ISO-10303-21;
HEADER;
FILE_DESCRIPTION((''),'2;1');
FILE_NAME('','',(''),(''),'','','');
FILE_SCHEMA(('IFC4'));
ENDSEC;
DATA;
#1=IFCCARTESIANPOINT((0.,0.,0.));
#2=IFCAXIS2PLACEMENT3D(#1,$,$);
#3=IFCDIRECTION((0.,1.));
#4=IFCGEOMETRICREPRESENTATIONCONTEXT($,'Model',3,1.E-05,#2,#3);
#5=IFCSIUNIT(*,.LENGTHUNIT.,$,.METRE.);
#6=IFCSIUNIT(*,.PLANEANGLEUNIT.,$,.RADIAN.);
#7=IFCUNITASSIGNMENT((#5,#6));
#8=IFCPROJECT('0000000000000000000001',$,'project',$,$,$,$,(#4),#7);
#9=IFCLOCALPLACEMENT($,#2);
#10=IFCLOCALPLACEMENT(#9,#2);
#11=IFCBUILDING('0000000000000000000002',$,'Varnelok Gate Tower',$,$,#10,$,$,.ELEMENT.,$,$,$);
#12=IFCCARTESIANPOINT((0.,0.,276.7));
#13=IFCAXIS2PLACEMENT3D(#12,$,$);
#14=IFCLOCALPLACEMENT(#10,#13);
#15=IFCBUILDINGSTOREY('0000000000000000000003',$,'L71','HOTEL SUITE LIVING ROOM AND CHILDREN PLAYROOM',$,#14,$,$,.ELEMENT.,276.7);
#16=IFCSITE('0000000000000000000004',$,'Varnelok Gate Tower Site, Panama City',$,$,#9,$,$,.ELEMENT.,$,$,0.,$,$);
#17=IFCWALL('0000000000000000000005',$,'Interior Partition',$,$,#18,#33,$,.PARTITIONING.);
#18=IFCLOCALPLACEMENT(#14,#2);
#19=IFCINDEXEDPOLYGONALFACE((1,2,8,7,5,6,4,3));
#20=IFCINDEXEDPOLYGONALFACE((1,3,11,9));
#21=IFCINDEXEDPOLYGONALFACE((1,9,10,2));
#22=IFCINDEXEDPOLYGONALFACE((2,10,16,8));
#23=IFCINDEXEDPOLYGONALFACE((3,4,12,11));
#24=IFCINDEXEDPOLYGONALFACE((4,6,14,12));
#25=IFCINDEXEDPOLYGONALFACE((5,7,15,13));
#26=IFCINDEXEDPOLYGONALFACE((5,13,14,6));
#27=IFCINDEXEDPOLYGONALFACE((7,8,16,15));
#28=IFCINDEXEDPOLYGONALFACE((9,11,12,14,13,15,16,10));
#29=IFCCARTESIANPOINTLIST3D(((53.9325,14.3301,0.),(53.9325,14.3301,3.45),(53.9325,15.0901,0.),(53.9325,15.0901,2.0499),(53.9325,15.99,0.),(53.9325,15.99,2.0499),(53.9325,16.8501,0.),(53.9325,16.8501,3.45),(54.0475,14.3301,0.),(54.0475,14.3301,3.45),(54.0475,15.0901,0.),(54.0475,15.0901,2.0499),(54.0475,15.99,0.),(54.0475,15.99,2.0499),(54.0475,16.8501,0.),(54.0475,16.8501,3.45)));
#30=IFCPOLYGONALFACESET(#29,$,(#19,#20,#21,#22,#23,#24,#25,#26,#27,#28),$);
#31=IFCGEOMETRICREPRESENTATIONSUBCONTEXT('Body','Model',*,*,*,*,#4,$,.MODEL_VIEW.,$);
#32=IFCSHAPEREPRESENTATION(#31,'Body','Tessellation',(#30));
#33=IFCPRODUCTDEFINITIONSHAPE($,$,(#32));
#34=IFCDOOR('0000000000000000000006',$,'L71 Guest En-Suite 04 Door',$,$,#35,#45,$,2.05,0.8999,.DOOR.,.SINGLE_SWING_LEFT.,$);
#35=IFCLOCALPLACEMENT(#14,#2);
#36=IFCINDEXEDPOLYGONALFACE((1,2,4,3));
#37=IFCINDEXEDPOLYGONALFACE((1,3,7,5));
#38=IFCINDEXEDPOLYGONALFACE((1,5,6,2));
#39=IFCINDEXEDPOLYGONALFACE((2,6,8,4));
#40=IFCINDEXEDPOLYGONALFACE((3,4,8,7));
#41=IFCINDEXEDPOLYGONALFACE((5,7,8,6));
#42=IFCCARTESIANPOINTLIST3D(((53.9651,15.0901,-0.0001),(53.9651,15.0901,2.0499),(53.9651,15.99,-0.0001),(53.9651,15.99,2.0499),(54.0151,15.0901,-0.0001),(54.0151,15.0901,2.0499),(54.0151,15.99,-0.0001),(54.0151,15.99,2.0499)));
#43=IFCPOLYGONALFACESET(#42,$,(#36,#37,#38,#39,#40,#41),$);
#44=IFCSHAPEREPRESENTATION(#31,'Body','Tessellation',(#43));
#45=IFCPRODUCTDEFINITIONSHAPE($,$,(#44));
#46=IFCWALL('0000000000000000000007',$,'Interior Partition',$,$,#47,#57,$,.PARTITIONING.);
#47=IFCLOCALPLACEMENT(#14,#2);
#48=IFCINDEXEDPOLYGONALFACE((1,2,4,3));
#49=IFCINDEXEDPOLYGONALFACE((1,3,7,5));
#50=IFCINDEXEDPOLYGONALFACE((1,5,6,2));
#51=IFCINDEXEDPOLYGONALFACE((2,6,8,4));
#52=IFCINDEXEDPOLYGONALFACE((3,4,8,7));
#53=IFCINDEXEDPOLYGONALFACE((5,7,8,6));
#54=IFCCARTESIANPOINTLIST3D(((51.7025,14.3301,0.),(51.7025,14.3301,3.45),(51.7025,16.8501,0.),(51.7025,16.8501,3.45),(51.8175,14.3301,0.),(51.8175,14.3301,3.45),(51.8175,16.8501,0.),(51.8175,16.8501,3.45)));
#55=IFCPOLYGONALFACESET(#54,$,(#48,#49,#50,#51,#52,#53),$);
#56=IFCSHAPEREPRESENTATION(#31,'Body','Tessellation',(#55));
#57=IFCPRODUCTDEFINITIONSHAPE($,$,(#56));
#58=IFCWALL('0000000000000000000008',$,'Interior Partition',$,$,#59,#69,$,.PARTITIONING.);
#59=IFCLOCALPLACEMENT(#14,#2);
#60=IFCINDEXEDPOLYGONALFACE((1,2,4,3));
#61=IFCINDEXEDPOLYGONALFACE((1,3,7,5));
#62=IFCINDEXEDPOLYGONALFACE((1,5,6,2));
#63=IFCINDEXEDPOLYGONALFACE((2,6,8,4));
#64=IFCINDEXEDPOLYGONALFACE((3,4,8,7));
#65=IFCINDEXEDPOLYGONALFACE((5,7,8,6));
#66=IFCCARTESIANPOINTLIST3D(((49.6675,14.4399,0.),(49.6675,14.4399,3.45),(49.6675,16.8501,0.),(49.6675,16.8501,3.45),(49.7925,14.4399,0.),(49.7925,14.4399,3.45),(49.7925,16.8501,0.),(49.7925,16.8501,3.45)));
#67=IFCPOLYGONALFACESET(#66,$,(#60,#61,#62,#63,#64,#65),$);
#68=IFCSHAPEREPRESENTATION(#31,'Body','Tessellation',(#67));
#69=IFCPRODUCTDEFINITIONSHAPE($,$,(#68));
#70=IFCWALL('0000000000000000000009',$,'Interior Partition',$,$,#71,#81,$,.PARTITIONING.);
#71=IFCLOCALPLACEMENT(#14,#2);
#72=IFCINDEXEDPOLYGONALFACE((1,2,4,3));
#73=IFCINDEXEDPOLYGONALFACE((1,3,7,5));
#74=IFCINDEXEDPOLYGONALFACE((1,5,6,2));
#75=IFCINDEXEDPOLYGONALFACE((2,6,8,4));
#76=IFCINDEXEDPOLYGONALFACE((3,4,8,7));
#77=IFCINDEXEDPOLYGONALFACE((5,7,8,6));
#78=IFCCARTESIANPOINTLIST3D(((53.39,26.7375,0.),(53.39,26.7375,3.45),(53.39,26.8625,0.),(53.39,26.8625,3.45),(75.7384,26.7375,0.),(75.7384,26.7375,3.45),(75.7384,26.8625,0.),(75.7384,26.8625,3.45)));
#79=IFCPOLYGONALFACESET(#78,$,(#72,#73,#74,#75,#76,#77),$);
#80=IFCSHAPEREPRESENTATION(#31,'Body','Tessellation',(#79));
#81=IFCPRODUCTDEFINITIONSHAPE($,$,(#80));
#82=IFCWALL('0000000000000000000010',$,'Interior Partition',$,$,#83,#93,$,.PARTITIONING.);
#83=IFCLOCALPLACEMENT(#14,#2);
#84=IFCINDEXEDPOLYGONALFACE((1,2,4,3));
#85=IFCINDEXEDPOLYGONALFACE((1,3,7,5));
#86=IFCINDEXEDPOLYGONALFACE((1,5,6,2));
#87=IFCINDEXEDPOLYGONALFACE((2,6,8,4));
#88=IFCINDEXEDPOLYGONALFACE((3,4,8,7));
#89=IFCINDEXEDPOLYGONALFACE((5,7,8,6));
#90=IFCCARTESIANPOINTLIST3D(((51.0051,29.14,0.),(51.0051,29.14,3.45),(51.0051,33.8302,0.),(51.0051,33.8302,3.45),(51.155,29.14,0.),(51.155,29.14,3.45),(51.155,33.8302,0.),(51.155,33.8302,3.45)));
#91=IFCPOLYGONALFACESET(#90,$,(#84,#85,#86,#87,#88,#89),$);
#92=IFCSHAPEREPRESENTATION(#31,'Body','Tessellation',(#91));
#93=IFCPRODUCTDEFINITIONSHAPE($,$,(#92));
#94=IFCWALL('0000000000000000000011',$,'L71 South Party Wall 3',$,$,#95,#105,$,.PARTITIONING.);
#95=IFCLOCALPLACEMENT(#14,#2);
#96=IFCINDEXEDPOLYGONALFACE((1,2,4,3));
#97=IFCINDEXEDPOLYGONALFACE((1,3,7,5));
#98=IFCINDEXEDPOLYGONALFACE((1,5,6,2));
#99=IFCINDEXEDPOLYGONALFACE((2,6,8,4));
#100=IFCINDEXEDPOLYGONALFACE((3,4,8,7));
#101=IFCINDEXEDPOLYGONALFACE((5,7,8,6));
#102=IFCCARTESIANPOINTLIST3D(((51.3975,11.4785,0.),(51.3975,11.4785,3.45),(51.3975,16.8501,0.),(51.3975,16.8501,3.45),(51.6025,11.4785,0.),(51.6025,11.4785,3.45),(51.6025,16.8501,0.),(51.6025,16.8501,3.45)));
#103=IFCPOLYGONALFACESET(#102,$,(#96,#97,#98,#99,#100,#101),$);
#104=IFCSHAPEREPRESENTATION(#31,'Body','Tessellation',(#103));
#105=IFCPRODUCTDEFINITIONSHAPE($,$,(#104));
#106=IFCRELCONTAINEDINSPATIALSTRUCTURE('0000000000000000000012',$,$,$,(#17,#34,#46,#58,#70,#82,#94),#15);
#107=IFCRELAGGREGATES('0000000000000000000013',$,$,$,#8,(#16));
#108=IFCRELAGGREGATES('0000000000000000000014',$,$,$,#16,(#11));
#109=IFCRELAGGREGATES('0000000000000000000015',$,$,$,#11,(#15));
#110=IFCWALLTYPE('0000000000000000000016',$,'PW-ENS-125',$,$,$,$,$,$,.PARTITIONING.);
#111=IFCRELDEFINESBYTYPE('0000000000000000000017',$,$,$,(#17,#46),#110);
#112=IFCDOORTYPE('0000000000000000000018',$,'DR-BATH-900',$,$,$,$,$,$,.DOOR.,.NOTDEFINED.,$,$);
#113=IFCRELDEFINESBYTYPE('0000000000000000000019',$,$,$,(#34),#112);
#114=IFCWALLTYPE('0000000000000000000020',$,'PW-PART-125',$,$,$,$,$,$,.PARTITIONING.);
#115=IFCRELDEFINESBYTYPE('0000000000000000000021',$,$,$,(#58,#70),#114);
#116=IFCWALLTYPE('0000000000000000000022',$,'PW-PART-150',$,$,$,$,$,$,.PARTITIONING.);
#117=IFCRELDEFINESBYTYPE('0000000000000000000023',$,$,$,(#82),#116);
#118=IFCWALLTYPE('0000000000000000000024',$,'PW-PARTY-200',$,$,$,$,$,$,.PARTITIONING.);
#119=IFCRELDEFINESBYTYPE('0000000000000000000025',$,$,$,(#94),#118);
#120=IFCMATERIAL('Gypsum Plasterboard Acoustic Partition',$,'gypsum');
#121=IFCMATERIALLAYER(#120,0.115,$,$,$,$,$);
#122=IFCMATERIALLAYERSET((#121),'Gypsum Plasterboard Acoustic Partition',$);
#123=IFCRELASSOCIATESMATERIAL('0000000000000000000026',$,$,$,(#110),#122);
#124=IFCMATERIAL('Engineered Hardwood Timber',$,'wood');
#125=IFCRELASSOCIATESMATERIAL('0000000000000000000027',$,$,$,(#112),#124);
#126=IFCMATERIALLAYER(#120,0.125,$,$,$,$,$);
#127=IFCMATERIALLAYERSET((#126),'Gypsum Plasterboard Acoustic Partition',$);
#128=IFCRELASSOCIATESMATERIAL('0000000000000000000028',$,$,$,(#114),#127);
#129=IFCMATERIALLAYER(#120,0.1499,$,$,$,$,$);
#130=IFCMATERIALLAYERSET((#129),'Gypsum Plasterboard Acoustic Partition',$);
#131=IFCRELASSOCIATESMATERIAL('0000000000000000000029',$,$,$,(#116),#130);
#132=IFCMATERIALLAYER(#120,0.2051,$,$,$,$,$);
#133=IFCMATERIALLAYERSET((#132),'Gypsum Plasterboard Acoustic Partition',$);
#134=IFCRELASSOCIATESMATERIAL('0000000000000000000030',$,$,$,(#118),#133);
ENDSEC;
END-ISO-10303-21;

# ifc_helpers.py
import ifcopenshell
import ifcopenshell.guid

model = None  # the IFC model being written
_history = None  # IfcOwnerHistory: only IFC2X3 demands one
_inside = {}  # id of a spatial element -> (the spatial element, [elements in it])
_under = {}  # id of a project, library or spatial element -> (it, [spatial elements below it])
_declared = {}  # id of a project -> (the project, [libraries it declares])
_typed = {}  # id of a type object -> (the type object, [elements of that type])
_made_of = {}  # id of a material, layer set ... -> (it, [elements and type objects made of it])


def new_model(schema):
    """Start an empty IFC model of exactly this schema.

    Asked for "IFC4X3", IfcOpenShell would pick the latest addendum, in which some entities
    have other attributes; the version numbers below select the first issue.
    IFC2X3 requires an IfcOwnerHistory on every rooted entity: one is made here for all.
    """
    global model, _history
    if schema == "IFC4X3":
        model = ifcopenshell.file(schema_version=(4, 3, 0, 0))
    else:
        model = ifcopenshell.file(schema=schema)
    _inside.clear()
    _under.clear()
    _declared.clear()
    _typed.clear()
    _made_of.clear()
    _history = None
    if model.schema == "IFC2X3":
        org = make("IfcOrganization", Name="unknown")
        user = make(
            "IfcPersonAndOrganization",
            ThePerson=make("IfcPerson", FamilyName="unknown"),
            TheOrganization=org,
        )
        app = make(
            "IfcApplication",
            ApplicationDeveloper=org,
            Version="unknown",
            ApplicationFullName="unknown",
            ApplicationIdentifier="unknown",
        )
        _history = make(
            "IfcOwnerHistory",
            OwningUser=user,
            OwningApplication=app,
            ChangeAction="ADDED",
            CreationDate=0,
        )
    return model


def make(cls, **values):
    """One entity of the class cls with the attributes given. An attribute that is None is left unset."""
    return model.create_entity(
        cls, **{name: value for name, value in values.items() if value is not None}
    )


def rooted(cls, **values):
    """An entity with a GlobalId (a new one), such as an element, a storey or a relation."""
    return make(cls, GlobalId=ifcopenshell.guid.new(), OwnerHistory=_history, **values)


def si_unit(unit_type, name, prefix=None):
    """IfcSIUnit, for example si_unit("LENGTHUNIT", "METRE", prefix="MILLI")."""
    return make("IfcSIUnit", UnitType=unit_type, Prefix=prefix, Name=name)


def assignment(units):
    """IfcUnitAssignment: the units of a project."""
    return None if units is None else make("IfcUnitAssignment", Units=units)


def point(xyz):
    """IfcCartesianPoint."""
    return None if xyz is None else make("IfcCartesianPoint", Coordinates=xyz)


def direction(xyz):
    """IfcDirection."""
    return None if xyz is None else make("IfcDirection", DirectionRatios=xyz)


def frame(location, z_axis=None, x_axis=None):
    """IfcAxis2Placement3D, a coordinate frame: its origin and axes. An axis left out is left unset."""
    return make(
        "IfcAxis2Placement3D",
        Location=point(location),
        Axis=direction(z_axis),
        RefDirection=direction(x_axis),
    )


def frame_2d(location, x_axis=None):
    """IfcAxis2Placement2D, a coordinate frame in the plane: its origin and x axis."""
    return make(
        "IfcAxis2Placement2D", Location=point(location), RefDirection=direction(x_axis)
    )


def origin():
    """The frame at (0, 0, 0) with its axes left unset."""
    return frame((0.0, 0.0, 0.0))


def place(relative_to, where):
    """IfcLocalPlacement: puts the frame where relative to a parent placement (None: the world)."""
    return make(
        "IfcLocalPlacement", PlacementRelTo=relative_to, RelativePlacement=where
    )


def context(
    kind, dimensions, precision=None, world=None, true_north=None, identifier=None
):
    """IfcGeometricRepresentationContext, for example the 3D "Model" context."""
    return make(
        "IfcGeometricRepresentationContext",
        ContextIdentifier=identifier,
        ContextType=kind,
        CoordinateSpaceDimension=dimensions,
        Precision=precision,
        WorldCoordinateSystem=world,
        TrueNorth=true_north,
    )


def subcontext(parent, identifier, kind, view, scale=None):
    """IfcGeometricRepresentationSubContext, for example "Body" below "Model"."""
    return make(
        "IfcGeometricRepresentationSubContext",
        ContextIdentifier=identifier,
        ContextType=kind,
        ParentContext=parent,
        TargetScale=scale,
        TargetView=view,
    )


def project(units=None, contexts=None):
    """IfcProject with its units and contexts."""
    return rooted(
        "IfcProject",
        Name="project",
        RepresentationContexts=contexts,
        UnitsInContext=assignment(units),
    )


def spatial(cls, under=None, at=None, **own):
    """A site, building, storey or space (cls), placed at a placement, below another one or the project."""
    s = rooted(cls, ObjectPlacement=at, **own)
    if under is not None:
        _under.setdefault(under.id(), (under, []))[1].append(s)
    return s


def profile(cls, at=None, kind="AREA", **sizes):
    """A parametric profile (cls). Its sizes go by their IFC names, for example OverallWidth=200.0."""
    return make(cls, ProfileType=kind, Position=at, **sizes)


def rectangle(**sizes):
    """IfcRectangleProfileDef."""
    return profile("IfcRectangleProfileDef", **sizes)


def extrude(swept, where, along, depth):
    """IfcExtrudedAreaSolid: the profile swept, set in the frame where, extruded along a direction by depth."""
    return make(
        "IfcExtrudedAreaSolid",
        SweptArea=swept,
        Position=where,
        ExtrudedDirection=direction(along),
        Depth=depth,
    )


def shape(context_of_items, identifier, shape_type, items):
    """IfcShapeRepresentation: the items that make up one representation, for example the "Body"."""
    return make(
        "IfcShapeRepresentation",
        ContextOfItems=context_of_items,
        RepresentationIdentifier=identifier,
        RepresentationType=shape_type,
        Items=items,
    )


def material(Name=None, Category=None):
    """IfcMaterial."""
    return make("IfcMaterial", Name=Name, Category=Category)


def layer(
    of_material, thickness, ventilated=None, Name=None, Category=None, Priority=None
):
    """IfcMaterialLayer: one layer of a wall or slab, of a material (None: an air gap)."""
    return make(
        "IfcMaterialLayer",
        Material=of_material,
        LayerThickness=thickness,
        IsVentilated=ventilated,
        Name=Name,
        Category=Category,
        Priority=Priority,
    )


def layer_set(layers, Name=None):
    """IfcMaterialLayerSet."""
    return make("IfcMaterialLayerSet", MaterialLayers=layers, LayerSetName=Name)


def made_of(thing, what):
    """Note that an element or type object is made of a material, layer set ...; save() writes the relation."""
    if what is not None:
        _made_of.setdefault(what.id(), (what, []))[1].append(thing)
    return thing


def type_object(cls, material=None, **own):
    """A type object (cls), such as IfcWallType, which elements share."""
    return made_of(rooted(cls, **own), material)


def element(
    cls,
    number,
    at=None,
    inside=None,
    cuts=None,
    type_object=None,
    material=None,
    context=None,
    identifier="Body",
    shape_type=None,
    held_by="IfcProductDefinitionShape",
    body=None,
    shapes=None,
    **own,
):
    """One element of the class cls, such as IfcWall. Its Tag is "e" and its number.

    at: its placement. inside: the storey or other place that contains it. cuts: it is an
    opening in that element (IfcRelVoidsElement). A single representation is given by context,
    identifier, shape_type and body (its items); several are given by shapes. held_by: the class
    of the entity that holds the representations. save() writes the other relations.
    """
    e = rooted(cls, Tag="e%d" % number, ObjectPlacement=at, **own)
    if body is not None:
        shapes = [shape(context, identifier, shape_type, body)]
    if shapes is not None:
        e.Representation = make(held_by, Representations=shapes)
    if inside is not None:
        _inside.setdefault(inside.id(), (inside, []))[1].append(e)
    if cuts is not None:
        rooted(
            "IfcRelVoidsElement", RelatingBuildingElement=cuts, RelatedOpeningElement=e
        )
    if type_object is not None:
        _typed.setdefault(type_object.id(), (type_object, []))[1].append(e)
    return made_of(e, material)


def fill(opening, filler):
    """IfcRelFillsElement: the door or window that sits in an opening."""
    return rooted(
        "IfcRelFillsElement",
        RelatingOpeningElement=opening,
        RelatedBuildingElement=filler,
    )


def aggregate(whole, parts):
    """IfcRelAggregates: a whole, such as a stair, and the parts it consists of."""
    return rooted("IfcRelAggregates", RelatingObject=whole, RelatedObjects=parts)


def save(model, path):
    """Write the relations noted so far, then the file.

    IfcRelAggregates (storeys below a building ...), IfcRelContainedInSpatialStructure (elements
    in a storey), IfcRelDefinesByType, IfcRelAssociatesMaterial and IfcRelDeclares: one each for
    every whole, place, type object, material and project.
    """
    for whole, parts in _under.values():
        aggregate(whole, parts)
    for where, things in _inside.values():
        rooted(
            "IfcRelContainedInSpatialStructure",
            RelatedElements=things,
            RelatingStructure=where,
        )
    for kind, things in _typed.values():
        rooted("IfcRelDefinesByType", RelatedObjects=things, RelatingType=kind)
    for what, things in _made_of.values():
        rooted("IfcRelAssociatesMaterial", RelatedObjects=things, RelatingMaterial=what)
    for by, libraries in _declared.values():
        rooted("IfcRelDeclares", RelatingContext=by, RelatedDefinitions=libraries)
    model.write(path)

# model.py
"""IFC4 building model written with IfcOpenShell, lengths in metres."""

from ifc_helpers import new_model, si_unit, direction, frame, frame_2d, origin, place, context, subcontext, project, spatial, rectangle, extrude, material, layer, layer_set, type_object, element, fill, save


model = new_model("IFC4")

# Units and contexts
model_context = context("Model", 3, precision=1e-05, world=origin(), true_north=direction((0.0, 1.0)))
body_context = subcontext(model_context, "Body", "Model", "MODEL_VIEW")
ifc_project = project(units=[si_unit("LENGTHUNIT", "METRE"), si_unit("PLANEANGLEUNIT", "RADIAN")], contexts=[model_context])

# Site, building, storey
site_placement = place(None, origin())
site = spatial("IfcSite", under=ifc_project, at=site_placement, Name="Varnelok Gate Tower Site, Panama City", CompositionType="ELEMENT", RefElevation=0.0)
building_placement = place(site_placement, origin())
building = spatial("IfcBuilding", under=site, at=building_placement, Name="Varnelok Gate Tower", CompositionType="ELEMENT")
storey_placement = place(building_placement, frame((0.0, 0.0, 276.7)))
storey = spatial("IfcBuildingStorey", under=building, at=storey_placement, Name="L71", Description="HOTEL SUITE LIVING ROOM AND CHILDREN PLAYROOM", CompositionType="ELEMENT", Elevation=276.7)

# Shared definitions
ifc_material_1 = material(Name="Gypsum Plasterboard Acoustic Partition", Category="gypsum")
ifc_material_2 = material(Name="Engineered Hardwood Timber", Category="wood")

# Shared definitions
ifc_layer_1 = layer(ifc_material_1, 0.115)
ifc_layer_set_1 = layer_set([ifc_layer_1], Name="Gypsum Plasterboard Acoustic Partition")
wall_type_1 = type_object("IfcWallType", Name="PW-ENS-125", PredefinedType="PARTITIONING", material=ifc_layer_set_1)

# Wall, opening, door
wall_1_placement = place(storey_placement, frame((53.99, 14.3301, 0.0), z_axis=(0.0, 0.0, 1.0), x_axis=(0.0, 1.0, 0.0)))
wall_1 = element("IfcWall", 1, at=wall_1_placement, inside=storey, type_object=wall_type_1, Name="Interior Partition", PredefinedType="PARTITIONING", context=body_context, shape_type="SweptSolid", body=[
    extrude(rectangle(XDim=2.52, YDim=0.115, at=frame_2d((1.26, 0.0))), origin(), (0.0, 0.0, 1.0), 3.45),
])
opening_1_placement = place(wall_1_placement, frame((0.76, 0.0, 0.0)))
opening_1 = element("IfcOpeningElement", 2, at=opening_1_placement, cuts=wall_1, PredefinedType="OPENING", context=body_context, shape_type="SweptSolid", body=[
    extrude(rectangle(XDim=0.8999, YDim=2.05, at=frame_2d((0.45, 1.0249))), frame((0.0, 0.0674, 0.0), z_axis=(0.0, -1.0, 0.0), x_axis=(1.0, 0.0, 0.0)), (0.0, 0.0, 1.0), 0.135),
])
door_type_1 = type_object("IfcDoorType", Name="DR-BATH-900", OperationType="NOTDEFINED", PredefinedType="DOOR", material=ifc_material_2)
door_1_placement = place(opening_1_placement, origin())
door_1 = element("IfcDoor", 3, at=door_1_placement, inside=storey, type_object=door_type_1, Name="L71 Guest En-Suite 04 Door", OperationType="SINGLE_SWING_LEFT", OverallHeight=2.05, OverallWidth=0.8999, PredefinedType="DOOR", context=body_context, shape_type="SweptSolid", body=[
    extrude(rectangle(XDim=0.8999, YDim=2.05, at=frame_2d((0.45, 1.0249))), frame((0.0, 0.0249, 0.0), z_axis=(0.0, -1.0, 0.0), x_axis=(1.0, 0.0, 0.0)), (0.0, 0.0, 1.0), 0.05),
])
fill(opening_1, door_1)

# Walls
wall_2_placement = place(storey_placement, frame((51.76, 14.3301, 0.0), z_axis=(0.0, 0.0, 1.0), x_axis=(0.0, 1.0, 0.0)))
element("IfcWall", 4, at=wall_2_placement, inside=storey, type_object=wall_type_1, Name="Interior Partition", PredefinedType="PARTITIONING", context=body_context, shape_type="SweptSolid", body=[
    extrude(rectangle(XDim=2.52, YDim=0.115, at=frame_2d((1.26, 0.0))), origin(), (0.0, 0.0, 1.0), 3.45),
])
ifc_layer_2 = layer(ifc_material_1, 0.125)
ifc_layer_set_2 = layer_set([ifc_layer_2], Name="Gypsum Plasterboard Acoustic Partition")
wall_type_2 = type_object("IfcWallType", Name="PW-PART-125", PredefinedType="PARTITIONING", material=ifc_layer_set_2)
wall_3_placement = place(storey_placement, frame((49.73, 14.4399, 0.0), z_axis=(0.0, 0.0, 1.0), x_axis=(0.0, 1.0, 0.0)))
element("IfcWall", 5, at=wall_3_placement, inside=storey, type_object=wall_type_2, Name="Interior Partition", PredefinedType="PARTITIONING", context=body_context, shape_type="SweptSolid", body=[
    extrude(rectangle(XDim=2.4102, YDim=0.125, at=frame_2d((1.2051, 0.0))), origin(), (0.0, 0.0, 1.0), 3.45),
])
wall_4_placement = place(storey_placement, frame((53.3899, 26.8, 0.0), z_axis=(0.0, 0.0, 1.0), x_axis=(1.0, 0.0, 0.0)))
element("IfcWall", 6, at=wall_4_placement, inside=storey, type_object=wall_type_2, Name="Interior Partition", PredefinedType="PARTITIONING", context=body_context, shape_type="SweptSolid", body=[
    extrude(rectangle(XDim=22.3484, YDim=0.125, at=frame_2d((11.1743, 0.0))), origin(), (0.0, 0.0, 1.0), 3.45),
])
ifc_layer_3 = layer(ifc_material_1, 0.1499)
ifc_layer_set_3 = layer_set([ifc_layer_3], Name="Gypsum Plasterboard Acoustic Partition")
wall_type_3 = type_object("IfcWallType", Name="PW-PART-150", PredefinedType="PARTITIONING", material=ifc_layer_set_3)
wall_5_placement = place(storey_placement, frame((51.0801, 29.1399, 0.0), z_axis=(0.0, 0.0, 1.0), x_axis=(0.0, 1.0, 0.0)))
element("IfcWall", 7, at=wall_5_placement, inside=storey, type_object=wall_type_3, Name="Interior Partition", PredefinedType="PARTITIONING", context=body_context, shape_type="SweptSolid", body=[
    extrude(rectangle(XDim=4.6902, YDim=0.1499, at=frame_2d((2.3452, 0.0))), origin(), (0.0, 0.0, 1.0), 3.45),
])
ifc_layer_4 = layer(ifc_material_1, 0.2051)
ifc_layer_set_4 = layer_set([ifc_layer_4], Name="Gypsum Plasterboard Acoustic Partition")
wall_type_4 = type_object("IfcWallType", Name="PW-PARTY-200", PredefinedType="PARTITIONING", material=ifc_layer_set_4)
wall_6_placement = place(storey_placement, frame((51.5, 11.4785, 0.0), z_axis=(0.0, 0.0, 1.0), x_axis=(0.0, 1.0, 0.0)))
element("IfcWall", 8, at=wall_6_placement, inside=storey, type_object=wall_type_4, Name="L71 South Party Wall 3", PredefinedType="PARTITIONING", context=body_context, shape_type="SweptSolid", body=[
    extrude(rectangle(XDim=5.3716, YDim=0.2051, at=frame_2d((2.6858, 0.0))), origin(), (0.0, 0.0, 1.0), 3.45),
])

save(model, "model.ifc")
